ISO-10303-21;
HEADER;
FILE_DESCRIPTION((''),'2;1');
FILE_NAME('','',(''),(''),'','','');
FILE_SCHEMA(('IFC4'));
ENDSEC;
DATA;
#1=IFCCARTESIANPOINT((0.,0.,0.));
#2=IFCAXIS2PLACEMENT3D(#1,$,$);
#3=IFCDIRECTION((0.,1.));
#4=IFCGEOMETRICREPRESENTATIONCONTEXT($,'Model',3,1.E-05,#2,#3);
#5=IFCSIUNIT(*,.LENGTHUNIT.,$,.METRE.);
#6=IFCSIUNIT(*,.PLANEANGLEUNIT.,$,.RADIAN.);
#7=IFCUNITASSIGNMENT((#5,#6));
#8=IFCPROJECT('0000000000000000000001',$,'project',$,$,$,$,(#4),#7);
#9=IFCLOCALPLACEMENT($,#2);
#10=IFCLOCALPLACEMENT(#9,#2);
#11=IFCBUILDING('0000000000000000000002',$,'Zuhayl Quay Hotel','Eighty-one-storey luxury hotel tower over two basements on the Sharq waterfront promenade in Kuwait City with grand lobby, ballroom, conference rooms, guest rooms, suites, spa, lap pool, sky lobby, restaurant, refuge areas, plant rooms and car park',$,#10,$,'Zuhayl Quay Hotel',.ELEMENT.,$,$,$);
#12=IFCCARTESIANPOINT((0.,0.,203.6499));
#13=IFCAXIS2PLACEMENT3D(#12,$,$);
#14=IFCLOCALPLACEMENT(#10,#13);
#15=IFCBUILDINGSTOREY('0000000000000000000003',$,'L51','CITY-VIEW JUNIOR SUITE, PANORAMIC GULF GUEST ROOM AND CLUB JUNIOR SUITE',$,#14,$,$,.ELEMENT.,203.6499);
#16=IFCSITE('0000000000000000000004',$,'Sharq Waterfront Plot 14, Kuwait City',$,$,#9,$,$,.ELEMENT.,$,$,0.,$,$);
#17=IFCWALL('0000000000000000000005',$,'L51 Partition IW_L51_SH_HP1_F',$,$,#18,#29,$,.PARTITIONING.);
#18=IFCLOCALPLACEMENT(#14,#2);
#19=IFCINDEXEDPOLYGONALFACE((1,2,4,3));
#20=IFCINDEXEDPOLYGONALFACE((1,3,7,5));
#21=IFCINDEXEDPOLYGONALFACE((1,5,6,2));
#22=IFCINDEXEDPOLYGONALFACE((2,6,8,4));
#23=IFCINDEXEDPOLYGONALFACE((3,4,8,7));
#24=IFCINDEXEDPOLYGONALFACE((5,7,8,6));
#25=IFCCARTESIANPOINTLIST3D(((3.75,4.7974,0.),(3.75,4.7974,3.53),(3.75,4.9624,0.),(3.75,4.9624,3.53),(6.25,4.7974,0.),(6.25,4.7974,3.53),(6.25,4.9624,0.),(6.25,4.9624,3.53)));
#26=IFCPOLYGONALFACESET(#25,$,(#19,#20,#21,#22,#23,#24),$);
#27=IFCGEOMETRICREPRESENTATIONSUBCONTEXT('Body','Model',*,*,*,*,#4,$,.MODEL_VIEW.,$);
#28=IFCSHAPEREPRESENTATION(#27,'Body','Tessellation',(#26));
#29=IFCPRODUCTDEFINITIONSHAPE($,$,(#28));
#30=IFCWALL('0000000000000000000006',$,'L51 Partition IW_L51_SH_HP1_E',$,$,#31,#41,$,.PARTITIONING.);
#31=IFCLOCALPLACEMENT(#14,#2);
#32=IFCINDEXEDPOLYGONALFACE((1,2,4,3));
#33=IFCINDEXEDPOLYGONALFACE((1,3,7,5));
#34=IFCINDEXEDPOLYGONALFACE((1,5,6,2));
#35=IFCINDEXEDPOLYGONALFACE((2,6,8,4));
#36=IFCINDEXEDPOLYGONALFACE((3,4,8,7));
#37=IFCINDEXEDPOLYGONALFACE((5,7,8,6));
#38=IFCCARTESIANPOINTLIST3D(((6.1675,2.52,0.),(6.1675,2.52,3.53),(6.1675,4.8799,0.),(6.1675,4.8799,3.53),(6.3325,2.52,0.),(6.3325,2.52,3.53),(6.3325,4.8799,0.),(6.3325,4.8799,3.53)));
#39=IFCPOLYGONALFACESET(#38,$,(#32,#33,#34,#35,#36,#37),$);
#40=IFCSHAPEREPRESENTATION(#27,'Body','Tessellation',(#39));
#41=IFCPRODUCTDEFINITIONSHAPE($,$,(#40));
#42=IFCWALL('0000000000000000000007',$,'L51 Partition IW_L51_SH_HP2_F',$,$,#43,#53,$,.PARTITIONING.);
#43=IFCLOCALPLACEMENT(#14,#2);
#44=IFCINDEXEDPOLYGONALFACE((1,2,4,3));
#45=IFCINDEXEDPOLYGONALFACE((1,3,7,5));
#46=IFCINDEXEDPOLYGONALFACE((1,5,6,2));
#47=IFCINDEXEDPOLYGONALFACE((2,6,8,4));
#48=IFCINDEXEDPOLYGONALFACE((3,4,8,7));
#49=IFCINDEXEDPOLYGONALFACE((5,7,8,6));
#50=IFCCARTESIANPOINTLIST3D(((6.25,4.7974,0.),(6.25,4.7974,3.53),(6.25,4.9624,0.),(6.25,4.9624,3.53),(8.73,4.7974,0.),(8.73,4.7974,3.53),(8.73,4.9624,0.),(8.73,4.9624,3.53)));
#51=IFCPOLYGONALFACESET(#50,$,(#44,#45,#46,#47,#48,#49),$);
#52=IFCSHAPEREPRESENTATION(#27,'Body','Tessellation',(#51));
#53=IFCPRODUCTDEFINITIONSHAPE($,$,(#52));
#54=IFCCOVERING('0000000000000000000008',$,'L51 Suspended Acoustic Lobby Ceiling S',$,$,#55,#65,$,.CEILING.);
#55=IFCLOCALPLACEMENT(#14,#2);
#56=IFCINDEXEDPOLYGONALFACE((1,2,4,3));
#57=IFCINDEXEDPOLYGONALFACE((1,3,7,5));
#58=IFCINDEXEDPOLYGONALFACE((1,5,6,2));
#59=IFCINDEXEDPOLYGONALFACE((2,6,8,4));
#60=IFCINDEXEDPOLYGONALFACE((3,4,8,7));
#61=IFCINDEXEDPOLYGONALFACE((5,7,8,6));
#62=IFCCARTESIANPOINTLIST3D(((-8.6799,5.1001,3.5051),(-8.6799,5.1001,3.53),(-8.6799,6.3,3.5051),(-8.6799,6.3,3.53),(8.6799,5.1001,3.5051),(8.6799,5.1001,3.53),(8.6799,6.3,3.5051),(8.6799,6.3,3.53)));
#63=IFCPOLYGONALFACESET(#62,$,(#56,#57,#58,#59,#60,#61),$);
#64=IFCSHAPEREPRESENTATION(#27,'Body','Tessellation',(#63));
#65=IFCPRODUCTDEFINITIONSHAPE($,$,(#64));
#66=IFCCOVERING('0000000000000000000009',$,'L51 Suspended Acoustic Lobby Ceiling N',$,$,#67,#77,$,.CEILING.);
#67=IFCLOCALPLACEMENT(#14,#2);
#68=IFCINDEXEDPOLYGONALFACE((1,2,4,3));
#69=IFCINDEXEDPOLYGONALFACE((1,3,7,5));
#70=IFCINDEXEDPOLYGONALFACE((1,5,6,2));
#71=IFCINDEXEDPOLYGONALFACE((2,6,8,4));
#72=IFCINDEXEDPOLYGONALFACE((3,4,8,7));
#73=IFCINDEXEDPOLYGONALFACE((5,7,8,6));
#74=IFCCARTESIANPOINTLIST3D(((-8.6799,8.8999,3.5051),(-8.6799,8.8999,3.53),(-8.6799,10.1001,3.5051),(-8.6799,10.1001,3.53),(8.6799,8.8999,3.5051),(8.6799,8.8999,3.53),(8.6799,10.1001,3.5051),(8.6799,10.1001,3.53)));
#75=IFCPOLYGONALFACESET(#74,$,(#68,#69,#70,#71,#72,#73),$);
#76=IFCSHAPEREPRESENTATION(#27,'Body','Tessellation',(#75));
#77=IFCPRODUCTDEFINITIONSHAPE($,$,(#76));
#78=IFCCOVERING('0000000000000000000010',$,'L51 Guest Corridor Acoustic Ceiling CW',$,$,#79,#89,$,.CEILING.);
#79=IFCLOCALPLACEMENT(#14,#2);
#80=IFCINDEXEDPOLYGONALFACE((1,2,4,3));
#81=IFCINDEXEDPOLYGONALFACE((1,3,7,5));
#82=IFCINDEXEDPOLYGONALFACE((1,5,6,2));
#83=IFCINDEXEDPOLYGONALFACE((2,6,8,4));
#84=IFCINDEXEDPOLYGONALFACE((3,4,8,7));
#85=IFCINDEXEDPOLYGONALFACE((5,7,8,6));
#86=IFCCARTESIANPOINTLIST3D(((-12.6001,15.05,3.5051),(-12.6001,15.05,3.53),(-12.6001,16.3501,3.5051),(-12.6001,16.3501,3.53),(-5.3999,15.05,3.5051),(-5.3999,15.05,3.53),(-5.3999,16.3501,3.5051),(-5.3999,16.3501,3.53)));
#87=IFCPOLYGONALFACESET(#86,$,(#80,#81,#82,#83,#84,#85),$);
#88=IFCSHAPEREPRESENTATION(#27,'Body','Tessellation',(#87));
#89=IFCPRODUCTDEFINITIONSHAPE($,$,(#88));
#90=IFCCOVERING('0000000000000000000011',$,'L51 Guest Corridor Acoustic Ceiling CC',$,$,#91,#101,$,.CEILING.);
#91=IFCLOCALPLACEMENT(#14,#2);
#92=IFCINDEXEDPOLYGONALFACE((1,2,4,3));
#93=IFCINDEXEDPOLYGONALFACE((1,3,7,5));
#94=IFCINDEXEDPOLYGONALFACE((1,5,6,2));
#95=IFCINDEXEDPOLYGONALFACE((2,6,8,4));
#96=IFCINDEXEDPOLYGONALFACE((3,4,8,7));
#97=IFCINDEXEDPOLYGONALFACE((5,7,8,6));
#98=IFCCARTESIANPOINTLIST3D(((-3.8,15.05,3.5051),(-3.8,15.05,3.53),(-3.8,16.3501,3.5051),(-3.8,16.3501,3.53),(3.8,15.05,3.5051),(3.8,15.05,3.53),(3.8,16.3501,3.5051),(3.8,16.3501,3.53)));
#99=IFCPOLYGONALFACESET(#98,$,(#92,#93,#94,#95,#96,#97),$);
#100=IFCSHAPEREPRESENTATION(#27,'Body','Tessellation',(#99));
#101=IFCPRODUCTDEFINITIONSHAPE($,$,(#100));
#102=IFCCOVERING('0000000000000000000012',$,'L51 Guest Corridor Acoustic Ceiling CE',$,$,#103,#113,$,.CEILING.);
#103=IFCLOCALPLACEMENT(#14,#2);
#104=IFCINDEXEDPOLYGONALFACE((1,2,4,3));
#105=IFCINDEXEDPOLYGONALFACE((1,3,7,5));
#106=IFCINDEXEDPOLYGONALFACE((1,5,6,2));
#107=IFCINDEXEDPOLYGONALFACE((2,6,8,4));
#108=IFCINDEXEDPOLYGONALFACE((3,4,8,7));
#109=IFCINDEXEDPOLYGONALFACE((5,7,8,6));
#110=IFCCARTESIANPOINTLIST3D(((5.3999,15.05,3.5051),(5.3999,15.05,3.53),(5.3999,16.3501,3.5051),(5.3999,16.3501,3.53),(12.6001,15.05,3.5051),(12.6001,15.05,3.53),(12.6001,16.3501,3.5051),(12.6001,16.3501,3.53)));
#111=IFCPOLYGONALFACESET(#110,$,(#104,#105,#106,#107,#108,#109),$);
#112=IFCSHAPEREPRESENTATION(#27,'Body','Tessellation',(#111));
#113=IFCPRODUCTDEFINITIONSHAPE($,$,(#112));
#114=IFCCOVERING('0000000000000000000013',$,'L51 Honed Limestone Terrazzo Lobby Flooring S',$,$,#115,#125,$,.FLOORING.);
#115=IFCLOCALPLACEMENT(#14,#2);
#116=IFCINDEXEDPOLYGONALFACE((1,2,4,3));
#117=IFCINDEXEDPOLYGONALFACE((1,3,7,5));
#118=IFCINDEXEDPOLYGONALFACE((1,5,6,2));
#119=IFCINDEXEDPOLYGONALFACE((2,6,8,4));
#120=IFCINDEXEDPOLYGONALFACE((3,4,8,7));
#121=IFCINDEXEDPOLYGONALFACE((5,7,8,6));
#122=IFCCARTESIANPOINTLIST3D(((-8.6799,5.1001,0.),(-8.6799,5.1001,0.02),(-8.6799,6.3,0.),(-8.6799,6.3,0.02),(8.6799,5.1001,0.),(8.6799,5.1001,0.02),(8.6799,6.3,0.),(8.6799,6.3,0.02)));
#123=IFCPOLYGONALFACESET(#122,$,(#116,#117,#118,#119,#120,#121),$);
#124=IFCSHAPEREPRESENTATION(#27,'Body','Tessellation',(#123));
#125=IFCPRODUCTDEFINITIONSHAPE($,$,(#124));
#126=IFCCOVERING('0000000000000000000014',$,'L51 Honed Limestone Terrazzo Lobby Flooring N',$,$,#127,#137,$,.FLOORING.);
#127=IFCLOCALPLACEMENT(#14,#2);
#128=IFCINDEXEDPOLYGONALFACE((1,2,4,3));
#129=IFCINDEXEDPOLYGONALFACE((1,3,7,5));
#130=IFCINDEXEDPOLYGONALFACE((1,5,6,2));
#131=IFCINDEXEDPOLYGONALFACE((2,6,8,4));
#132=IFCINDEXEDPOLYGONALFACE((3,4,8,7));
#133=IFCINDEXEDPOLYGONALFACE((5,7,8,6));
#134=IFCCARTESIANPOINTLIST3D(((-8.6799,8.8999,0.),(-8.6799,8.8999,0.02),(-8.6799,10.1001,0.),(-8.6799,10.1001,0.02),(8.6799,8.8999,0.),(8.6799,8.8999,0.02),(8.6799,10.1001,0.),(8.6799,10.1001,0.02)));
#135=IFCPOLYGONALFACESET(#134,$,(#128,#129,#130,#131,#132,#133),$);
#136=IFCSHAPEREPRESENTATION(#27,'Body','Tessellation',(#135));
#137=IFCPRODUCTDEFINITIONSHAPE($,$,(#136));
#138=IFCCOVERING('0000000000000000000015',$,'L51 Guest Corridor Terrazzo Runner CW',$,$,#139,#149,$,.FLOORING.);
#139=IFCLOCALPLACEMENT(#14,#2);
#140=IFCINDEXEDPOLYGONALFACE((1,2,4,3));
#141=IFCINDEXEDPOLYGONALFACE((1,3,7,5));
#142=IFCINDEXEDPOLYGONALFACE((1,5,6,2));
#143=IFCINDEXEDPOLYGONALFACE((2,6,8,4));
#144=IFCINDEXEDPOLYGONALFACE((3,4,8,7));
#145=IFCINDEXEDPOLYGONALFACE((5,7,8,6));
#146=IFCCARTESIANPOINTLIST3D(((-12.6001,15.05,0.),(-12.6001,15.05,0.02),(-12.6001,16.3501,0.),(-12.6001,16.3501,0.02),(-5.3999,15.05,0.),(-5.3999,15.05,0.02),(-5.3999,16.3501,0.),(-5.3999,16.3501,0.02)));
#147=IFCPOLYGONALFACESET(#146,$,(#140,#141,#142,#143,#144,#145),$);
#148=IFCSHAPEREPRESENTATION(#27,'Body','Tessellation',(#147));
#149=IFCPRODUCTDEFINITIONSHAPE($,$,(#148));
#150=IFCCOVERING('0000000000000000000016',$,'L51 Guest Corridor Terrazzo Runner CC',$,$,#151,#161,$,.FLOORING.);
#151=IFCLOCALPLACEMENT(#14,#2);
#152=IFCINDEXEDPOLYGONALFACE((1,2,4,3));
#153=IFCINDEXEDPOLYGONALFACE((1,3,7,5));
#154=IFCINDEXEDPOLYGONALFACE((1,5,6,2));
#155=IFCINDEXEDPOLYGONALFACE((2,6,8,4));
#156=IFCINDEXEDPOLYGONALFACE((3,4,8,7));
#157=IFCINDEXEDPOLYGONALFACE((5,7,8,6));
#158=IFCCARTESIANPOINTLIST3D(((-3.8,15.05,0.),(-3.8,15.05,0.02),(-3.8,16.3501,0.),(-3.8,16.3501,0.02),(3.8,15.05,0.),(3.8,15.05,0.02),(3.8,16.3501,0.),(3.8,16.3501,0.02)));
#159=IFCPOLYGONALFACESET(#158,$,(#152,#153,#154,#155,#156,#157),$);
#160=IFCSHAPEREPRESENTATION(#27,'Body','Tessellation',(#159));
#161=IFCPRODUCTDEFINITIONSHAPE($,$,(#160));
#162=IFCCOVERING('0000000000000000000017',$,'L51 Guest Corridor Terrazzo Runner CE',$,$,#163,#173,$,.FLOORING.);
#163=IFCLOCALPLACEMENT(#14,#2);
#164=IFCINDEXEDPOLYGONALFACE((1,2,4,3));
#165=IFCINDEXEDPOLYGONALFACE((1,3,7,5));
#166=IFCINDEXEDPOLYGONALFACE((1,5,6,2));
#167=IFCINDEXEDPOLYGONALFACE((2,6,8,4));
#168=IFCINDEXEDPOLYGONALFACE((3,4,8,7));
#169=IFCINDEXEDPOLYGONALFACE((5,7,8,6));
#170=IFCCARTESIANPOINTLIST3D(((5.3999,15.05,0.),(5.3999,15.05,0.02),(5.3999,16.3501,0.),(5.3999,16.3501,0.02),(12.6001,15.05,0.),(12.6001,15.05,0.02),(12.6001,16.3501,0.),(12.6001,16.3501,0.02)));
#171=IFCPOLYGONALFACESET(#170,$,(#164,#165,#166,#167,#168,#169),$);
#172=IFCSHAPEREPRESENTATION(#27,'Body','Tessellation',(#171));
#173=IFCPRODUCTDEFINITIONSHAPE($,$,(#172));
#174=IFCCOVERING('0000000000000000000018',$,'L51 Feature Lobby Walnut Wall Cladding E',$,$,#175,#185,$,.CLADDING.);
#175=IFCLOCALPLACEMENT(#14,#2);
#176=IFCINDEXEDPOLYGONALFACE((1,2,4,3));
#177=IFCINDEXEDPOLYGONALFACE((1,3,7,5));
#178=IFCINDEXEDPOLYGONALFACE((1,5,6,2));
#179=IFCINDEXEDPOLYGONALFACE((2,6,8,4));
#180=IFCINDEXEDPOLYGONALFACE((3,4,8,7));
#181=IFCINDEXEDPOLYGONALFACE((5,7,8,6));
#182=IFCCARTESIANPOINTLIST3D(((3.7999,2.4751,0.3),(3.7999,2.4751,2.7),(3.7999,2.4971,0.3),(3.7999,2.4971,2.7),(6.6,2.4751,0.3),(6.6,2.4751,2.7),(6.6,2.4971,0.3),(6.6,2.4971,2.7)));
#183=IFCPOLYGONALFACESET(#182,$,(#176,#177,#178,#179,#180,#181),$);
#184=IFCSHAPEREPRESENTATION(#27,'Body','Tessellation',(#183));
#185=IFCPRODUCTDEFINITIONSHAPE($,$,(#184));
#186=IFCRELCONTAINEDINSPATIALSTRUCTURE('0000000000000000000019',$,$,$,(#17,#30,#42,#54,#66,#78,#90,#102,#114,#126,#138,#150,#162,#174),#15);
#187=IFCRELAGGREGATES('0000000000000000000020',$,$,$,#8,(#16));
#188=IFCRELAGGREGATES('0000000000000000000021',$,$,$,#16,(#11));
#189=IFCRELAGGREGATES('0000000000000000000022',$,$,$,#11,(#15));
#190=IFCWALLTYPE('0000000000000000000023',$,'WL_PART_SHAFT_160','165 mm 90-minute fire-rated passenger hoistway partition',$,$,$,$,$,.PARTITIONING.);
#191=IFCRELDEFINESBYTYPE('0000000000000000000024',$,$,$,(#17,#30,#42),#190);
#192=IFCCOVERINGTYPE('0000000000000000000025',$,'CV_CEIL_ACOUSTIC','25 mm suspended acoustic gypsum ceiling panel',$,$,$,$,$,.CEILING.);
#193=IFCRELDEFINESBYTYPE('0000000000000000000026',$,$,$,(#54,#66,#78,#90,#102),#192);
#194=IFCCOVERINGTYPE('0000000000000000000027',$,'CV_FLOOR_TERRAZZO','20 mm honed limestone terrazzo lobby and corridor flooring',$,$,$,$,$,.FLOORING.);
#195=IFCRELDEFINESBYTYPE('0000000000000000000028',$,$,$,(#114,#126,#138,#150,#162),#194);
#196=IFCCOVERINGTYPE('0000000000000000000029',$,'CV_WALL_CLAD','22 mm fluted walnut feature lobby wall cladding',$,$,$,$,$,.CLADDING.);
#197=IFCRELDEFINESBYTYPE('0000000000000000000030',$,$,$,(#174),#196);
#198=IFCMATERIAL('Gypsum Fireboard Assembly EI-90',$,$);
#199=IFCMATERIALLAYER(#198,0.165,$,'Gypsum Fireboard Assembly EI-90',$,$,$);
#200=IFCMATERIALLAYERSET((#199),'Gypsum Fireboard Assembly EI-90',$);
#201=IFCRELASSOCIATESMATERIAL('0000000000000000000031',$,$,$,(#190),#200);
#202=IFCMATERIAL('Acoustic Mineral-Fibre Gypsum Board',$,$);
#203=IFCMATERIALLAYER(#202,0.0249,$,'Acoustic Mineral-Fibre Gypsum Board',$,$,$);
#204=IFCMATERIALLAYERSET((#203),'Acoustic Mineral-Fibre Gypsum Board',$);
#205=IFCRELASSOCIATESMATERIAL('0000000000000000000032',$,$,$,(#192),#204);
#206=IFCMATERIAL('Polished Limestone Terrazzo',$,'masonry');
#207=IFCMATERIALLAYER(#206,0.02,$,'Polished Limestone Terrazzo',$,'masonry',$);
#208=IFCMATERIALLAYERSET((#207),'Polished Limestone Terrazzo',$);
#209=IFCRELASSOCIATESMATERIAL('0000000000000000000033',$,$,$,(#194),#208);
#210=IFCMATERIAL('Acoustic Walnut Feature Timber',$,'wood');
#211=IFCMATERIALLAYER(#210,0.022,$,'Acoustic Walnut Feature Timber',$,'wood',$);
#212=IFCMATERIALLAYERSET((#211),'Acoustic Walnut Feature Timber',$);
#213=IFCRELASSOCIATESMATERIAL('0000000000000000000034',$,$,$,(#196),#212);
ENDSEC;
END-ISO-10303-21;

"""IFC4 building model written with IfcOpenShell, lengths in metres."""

from ifc_helpers import new_model, si_unit, direction, frame, frame_2d, origin, origin_2d, place, context, subcontext, project, spatial, polyline, rectangle, outline, extrude, material, layer, layer_set, type_object, element, save


model = new_model("IFC4")

# Units and contexts
model_context = context("Model", 3, precision=1e-05, world=origin(), true_north=direction((0.0, 1.0)))
body_context = subcontext(model_context, "Body", "Model", "MODEL_VIEW")
ifc_project = project(units=[si_unit("LENGTHUNIT", "METRE"), si_unit("PLANEANGLEUNIT", "RADIAN")], contexts=[model_context])

# Site, building, storey
site_placement = place(None, origin())
site = spatial("IfcSite", under=ifc_project, at=site_placement, Name="Sharq Waterfront Plot 14, Kuwait City", CompositionType="ELEMENT", RefElevation=0.0)
building_placement = place(site_placement, origin())
building = spatial("IfcBuilding", under=site, at=building_placement, Name="Zuhayl Quay Hotel", Description="Eighty-one-storey luxury hotel tower over two basements on the Sharq waterfront promenade in Kuwait City with grand lobby, ballroom, conference rooms, guest rooms, suites, spa, lap pool, sky lobby, restaurant, refuge areas, plant rooms and car park", LongName="Zuhayl Quay Hotel", CompositionType="ELEMENT")
storey_placement = place(building_placement, frame((0.0, 0.0, 203.6499)))
storey = spatial("IfcBuildingStorey", under=building, at=storey_placement, Name="L51", Description="CITY-VIEW JUNIOR SUITE, PANORAMIC GULF GUEST ROOM AND CLUB JUNIOR SUITE", CompositionType="ELEMENT", Elevation=203.6499)

# Shared definitions
ifc_material_1 = material(Name="Gypsum Fireboard Assembly EI-90")
ifc_layer_1 = layer(ifc_material_1, 0.165, Name="Gypsum Fireboard Assembly EI-90")
ifc_layer_set_1 = layer_set([ifc_layer_1], Name="Gypsum Fireboard Assembly EI-90")
wall_type_1 = type_object("IfcWallType", Name="WL_PART_SHAFT_160", Description="165 mm 90-minute fire-rated passenger hoistway partition", PredefinedType="PARTITIONING", material=ifc_layer_set_1)

# Walls
wall_1_placement = place(storey_placement, frame((3.75, 4.8799, 0.0), z_axis=(0.0, 0.0, 1.0), x_axis=(1.0, 0.0, 0.0)))
element("IfcWall", 1, at=wall_1_placement, inside=storey, type_object=wall_type_1, Name="L51 Partition IW_L51_SH_HP1_F", PredefinedType="PARTITIONING", context=body_context, shape_type="SweptSolid", body=[
    extrude(rectangle(XDim=2.5, YDim=0.165, at=frame_2d((1.25, 0.0))), origin(), (0.0, 0.0, 1.0), 3.53),
])
wall_2_placement = place(storey_placement, frame((6.25, 2.52, 0.0), z_axis=(0.0, 0.0, 1.0), x_axis=(0.0, 1.0, 0.0)))
element("IfcWall", 2, at=wall_2_placement, inside=storey, type_object=wall_type_1, Name="L51 Partition IW_L51_SH_HP1_E", PredefinedType="PARTITIONING", context=body_context, shape_type="SweptSolid", body=[
    extrude(rectangle(XDim=2.3599, YDim=0.165, at=frame_2d((1.1799, 0.0))), origin(), (0.0, 0.0, 1.0), 3.53),
])
wall_3_placement = place(storey_placement, frame((6.25, 4.8799, 0.0), z_axis=(0.0, 0.0, 1.0), x_axis=(1.0, 0.0, 0.0)))
element("IfcWall", 3, at=wall_3_placement, inside=storey, type_object=wall_type_1, Name="L51 Partition IW_L51_SH_HP2_F", PredefinedType="PARTITIONING", context=body_context, shape_type="SweptSolid", body=[
    extrude(rectangle(XDim=2.48, YDim=0.165, at=frame_2d((1.24, 0.0))), origin(), (0.0, 0.0, 1.0), 3.53),
])

# Coverings
ifc_material_2 = material(Name="Acoustic Mineral-Fibre Gypsum Board")
ifc_layer_2 = layer(ifc_material_2, 0.0249, Name="Acoustic Mineral-Fibre Gypsum Board")
ifc_layer_set_2 = layer_set([ifc_layer_2], Name="Acoustic Mineral-Fibre Gypsum Board")
covering_type_1 = type_object("IfcCoveringType", Name="CV_CEIL_ACOUSTIC", Description="25 mm suspended acoustic gypsum ceiling panel", PredefinedType="CEILING", material=ifc_layer_set_2)
covering_1_placement = place(storey_placement, frame((0.0, 0.0, 3.5051)))
element("IfcCovering", 4, at=covering_1_placement, inside=storey, type_object=covering_type_1, Name="L51 Suspended Acoustic Lobby Ceiling S", PredefinedType="CEILING", context=body_context, shape_type="SweptSolid", body=[
    extrude(outline(polyline([(-8.6799, 5.1001), (8.6799, 5.1001), (8.6799, 6.3), (-8.6799, 6.3), (-8.6799, 5.1001)])), origin(), (0.0, 0.0, 1.0), 0.0249),
])
covering_2_placement = place(storey_placement, frame((0.0, 0.0, 3.5051)))
element("IfcCovering", 5, at=covering_2_placement, inside=storey, type_object=covering_type_1, Name="L51 Suspended Acoustic Lobby Ceiling N", PredefinedType="CEILING", context=body_context, shape_type="SweptSolid", body=[
    extrude(outline(polyline([(-8.6799, 8.8999), (8.6799, 8.8999), (8.6799, 10.1001), (-8.6799, 10.1001), (-8.6799, 8.8999)])), origin(), (0.0, 0.0, 1.0), 0.0249),
])
covering_3_placement = place(storey_placement, frame((0.0, 0.0, 3.5051)))
element("IfcCovering", 6, at=covering_3_placement, inside=storey, type_object=covering_type_1, Name="L51 Guest Corridor Acoustic Ceiling CW", PredefinedType="CEILING", context=body_context, shape_type="SweptSolid", body=[
    extrude(outline(polyline([(-12.6001, 15.05), (-5.3999, 15.05), (-5.3999, 16.3501), (-12.6001, 16.3501), (-12.6001, 15.05)])), origin(), (0.0, 0.0, 1.0), 0.0249),
])
covering_4_placement = place(storey_placement, frame((0.0, 0.0, 3.5051)))
element("IfcCovering", 7, at=covering_4_placement, inside=storey, type_object=covering_type_1, Name="L51 Guest Corridor Acoustic Ceiling CC", PredefinedType="CEILING", context=body_context, shape_type="SweptSolid", body=[
    extrude(outline(polyline([(-3.8, 15.05), (3.8, 15.05), (3.8, 16.3501), (-3.8, 16.3501), (-3.8, 15.05)])), origin(), (0.0, 0.0, 1.0), 0.0249),
])
covering_5_placement = place(storey_placement, frame((0.0, 0.0, 3.5051)))
element("IfcCovering", 8, at=covering_5_placement, inside=storey, type_object=covering_type_1, Name="L51 Guest Corridor Acoustic Ceiling CE", PredefinedType="CEILING", context=body_context, shape_type="SweptSolid", body=[
    extrude(outline(polyline([(5.3999, 15.05), (12.6001, 15.05), (12.6001, 16.3501), (5.3999, 16.3501), (5.3999, 15.05)])), origin(), (0.0, 0.0, 1.0), 0.0249),
])
ifc_material_3 = material(Name="Polished Limestone Terrazzo", Category="masonry")
ifc_layer_3 = layer(ifc_material_3, 0.02, Name="Polished Limestone Terrazzo", Category="masonry")
ifc_layer_set_3 = layer_set([ifc_layer_3], Name="Polished Limestone Terrazzo")
covering_type_2 = type_object("IfcCoveringType", Name="CV_FLOOR_TERRAZZO", Description="20 mm honed limestone terrazzo lobby and corridor flooring", PredefinedType="FLOORING", material=ifc_layer_set_3)
covering_6_placement = place(storey_placement, origin())
element("IfcCovering", 9, at=covering_6_placement, inside=storey, type_object=covering_type_2, Name="L51 Honed Limestone Terrazzo Lobby Flooring S", PredefinedType="FLOORING", context=body_context, shape_type="SweptSolid", body=[
    extrude(outline(polyline([(-8.6799, 5.1001), (8.6799, 5.1001), (8.6799, 6.3), (-8.6799, 6.3), (-8.6799, 5.1001)])), origin(), (0.0, 0.0, 1.0), 0.02),
])
covering_7_placement = place(storey_placement, origin())
element("IfcCovering", 10, at=covering_7_placement, inside=storey, type_object=covering_type_2, Name="L51 Honed Limestone Terrazzo Lobby Flooring N", PredefinedType="FLOORING", context=body_context, shape_type="SweptSolid", body=[
    extrude(outline(polyline([(-8.6799, 8.8999), (8.6799, 8.8999), (8.6799, 10.1001), (-8.6799, 10.1001), (-8.6799, 8.8999)])), origin(), (0.0, 0.0, 1.0), 0.02),
])
covering_8_placement = place(storey_placement, origin())
element("IfcCovering", 11, at=covering_8_placement, inside=storey, type_object=covering_type_2, Name="L51 Guest Corridor Terrazzo Runner CW", PredefinedType="FLOORING", context=body_context, shape_type="SweptSolid", body=[
    extrude(outline(polyline([(-12.6001, 15.05), (-5.3999, 15.05), (-5.3999, 16.3501), (-12.6001, 16.3501), (-12.6001, 15.05)])), origin(), (0.0, 0.0, 1.0), 0.02),
])
covering_9_placement = place(storey_placement, origin())
element("IfcCovering", 12, at=covering_9_placement, inside=storey, type_object=covering_type_2, Name="L51 Guest Corridor Terrazzo Runner CC", PredefinedType="FLOORING", context=body_context, shape_type="SweptSolid", body=[
    extrude(outline(polyline([(-3.8, 15.05), (3.8, 15.05), (3.8, 16.3501), (-3.8, 16.3501), (-3.8, 15.05)])), origin(), (0.0, 0.0, 1.0), 0.02),
])
covering_10_placement = place(storey_placement, origin())
element("IfcCovering", 13, at=covering_10_placement, inside=storey, type_object=covering_type_2, Name="L51 Guest Corridor Terrazzo Runner CE", PredefinedType="FLOORING", context=body_context, shape_type="SweptSolid", body=[
    extrude(outline(polyline([(5.3999, 15.05), (12.6001, 15.05), (12.6001, 16.3501), (5.3999, 16.3501), (5.3999, 15.05)])), origin(), (0.0, 0.0, 1.0), 0.02),
])
ifc_material_4 = material(Name="Acoustic Walnut Feature Timber", Category="wood")
ifc_layer_4 = layer(ifc_material_4, 0.022, Name="Acoustic Walnut Feature Timber", Category="wood")
ifc_layer_set_4 = layer_set([ifc_layer_4], Name="Acoustic Walnut Feature Timber")
covering_type_3 = type_object("IfcCoveringType", Name="CV_WALL_CLAD", Description="22 mm fluted walnut feature lobby wall cladding", PredefinedType="CLADDING", material=ifc_layer_set_4)
covering_11_placement = place(storey_placement, frame((5.2, 2.4861, 0.3), z_axis=(0.0, 0.0, 1.0), x_axis=(1.0, 0.0, 0.0)))
element("IfcCovering", 14, at=covering_11_placement, inside=storey, type_object=covering_type_3, Name="L51 Feature Lobby Walnut Wall Cladding E", PredefinedType="CLADDING", context=body_context, shape_type="SweptSolid", body=[
    extrude(rectangle(XDim=2.8, YDim=0.022, at=origin_2d()), origin(), (0.0, 0.0, 1.0), 2.3999),
])

save(model, "model.ifc")
